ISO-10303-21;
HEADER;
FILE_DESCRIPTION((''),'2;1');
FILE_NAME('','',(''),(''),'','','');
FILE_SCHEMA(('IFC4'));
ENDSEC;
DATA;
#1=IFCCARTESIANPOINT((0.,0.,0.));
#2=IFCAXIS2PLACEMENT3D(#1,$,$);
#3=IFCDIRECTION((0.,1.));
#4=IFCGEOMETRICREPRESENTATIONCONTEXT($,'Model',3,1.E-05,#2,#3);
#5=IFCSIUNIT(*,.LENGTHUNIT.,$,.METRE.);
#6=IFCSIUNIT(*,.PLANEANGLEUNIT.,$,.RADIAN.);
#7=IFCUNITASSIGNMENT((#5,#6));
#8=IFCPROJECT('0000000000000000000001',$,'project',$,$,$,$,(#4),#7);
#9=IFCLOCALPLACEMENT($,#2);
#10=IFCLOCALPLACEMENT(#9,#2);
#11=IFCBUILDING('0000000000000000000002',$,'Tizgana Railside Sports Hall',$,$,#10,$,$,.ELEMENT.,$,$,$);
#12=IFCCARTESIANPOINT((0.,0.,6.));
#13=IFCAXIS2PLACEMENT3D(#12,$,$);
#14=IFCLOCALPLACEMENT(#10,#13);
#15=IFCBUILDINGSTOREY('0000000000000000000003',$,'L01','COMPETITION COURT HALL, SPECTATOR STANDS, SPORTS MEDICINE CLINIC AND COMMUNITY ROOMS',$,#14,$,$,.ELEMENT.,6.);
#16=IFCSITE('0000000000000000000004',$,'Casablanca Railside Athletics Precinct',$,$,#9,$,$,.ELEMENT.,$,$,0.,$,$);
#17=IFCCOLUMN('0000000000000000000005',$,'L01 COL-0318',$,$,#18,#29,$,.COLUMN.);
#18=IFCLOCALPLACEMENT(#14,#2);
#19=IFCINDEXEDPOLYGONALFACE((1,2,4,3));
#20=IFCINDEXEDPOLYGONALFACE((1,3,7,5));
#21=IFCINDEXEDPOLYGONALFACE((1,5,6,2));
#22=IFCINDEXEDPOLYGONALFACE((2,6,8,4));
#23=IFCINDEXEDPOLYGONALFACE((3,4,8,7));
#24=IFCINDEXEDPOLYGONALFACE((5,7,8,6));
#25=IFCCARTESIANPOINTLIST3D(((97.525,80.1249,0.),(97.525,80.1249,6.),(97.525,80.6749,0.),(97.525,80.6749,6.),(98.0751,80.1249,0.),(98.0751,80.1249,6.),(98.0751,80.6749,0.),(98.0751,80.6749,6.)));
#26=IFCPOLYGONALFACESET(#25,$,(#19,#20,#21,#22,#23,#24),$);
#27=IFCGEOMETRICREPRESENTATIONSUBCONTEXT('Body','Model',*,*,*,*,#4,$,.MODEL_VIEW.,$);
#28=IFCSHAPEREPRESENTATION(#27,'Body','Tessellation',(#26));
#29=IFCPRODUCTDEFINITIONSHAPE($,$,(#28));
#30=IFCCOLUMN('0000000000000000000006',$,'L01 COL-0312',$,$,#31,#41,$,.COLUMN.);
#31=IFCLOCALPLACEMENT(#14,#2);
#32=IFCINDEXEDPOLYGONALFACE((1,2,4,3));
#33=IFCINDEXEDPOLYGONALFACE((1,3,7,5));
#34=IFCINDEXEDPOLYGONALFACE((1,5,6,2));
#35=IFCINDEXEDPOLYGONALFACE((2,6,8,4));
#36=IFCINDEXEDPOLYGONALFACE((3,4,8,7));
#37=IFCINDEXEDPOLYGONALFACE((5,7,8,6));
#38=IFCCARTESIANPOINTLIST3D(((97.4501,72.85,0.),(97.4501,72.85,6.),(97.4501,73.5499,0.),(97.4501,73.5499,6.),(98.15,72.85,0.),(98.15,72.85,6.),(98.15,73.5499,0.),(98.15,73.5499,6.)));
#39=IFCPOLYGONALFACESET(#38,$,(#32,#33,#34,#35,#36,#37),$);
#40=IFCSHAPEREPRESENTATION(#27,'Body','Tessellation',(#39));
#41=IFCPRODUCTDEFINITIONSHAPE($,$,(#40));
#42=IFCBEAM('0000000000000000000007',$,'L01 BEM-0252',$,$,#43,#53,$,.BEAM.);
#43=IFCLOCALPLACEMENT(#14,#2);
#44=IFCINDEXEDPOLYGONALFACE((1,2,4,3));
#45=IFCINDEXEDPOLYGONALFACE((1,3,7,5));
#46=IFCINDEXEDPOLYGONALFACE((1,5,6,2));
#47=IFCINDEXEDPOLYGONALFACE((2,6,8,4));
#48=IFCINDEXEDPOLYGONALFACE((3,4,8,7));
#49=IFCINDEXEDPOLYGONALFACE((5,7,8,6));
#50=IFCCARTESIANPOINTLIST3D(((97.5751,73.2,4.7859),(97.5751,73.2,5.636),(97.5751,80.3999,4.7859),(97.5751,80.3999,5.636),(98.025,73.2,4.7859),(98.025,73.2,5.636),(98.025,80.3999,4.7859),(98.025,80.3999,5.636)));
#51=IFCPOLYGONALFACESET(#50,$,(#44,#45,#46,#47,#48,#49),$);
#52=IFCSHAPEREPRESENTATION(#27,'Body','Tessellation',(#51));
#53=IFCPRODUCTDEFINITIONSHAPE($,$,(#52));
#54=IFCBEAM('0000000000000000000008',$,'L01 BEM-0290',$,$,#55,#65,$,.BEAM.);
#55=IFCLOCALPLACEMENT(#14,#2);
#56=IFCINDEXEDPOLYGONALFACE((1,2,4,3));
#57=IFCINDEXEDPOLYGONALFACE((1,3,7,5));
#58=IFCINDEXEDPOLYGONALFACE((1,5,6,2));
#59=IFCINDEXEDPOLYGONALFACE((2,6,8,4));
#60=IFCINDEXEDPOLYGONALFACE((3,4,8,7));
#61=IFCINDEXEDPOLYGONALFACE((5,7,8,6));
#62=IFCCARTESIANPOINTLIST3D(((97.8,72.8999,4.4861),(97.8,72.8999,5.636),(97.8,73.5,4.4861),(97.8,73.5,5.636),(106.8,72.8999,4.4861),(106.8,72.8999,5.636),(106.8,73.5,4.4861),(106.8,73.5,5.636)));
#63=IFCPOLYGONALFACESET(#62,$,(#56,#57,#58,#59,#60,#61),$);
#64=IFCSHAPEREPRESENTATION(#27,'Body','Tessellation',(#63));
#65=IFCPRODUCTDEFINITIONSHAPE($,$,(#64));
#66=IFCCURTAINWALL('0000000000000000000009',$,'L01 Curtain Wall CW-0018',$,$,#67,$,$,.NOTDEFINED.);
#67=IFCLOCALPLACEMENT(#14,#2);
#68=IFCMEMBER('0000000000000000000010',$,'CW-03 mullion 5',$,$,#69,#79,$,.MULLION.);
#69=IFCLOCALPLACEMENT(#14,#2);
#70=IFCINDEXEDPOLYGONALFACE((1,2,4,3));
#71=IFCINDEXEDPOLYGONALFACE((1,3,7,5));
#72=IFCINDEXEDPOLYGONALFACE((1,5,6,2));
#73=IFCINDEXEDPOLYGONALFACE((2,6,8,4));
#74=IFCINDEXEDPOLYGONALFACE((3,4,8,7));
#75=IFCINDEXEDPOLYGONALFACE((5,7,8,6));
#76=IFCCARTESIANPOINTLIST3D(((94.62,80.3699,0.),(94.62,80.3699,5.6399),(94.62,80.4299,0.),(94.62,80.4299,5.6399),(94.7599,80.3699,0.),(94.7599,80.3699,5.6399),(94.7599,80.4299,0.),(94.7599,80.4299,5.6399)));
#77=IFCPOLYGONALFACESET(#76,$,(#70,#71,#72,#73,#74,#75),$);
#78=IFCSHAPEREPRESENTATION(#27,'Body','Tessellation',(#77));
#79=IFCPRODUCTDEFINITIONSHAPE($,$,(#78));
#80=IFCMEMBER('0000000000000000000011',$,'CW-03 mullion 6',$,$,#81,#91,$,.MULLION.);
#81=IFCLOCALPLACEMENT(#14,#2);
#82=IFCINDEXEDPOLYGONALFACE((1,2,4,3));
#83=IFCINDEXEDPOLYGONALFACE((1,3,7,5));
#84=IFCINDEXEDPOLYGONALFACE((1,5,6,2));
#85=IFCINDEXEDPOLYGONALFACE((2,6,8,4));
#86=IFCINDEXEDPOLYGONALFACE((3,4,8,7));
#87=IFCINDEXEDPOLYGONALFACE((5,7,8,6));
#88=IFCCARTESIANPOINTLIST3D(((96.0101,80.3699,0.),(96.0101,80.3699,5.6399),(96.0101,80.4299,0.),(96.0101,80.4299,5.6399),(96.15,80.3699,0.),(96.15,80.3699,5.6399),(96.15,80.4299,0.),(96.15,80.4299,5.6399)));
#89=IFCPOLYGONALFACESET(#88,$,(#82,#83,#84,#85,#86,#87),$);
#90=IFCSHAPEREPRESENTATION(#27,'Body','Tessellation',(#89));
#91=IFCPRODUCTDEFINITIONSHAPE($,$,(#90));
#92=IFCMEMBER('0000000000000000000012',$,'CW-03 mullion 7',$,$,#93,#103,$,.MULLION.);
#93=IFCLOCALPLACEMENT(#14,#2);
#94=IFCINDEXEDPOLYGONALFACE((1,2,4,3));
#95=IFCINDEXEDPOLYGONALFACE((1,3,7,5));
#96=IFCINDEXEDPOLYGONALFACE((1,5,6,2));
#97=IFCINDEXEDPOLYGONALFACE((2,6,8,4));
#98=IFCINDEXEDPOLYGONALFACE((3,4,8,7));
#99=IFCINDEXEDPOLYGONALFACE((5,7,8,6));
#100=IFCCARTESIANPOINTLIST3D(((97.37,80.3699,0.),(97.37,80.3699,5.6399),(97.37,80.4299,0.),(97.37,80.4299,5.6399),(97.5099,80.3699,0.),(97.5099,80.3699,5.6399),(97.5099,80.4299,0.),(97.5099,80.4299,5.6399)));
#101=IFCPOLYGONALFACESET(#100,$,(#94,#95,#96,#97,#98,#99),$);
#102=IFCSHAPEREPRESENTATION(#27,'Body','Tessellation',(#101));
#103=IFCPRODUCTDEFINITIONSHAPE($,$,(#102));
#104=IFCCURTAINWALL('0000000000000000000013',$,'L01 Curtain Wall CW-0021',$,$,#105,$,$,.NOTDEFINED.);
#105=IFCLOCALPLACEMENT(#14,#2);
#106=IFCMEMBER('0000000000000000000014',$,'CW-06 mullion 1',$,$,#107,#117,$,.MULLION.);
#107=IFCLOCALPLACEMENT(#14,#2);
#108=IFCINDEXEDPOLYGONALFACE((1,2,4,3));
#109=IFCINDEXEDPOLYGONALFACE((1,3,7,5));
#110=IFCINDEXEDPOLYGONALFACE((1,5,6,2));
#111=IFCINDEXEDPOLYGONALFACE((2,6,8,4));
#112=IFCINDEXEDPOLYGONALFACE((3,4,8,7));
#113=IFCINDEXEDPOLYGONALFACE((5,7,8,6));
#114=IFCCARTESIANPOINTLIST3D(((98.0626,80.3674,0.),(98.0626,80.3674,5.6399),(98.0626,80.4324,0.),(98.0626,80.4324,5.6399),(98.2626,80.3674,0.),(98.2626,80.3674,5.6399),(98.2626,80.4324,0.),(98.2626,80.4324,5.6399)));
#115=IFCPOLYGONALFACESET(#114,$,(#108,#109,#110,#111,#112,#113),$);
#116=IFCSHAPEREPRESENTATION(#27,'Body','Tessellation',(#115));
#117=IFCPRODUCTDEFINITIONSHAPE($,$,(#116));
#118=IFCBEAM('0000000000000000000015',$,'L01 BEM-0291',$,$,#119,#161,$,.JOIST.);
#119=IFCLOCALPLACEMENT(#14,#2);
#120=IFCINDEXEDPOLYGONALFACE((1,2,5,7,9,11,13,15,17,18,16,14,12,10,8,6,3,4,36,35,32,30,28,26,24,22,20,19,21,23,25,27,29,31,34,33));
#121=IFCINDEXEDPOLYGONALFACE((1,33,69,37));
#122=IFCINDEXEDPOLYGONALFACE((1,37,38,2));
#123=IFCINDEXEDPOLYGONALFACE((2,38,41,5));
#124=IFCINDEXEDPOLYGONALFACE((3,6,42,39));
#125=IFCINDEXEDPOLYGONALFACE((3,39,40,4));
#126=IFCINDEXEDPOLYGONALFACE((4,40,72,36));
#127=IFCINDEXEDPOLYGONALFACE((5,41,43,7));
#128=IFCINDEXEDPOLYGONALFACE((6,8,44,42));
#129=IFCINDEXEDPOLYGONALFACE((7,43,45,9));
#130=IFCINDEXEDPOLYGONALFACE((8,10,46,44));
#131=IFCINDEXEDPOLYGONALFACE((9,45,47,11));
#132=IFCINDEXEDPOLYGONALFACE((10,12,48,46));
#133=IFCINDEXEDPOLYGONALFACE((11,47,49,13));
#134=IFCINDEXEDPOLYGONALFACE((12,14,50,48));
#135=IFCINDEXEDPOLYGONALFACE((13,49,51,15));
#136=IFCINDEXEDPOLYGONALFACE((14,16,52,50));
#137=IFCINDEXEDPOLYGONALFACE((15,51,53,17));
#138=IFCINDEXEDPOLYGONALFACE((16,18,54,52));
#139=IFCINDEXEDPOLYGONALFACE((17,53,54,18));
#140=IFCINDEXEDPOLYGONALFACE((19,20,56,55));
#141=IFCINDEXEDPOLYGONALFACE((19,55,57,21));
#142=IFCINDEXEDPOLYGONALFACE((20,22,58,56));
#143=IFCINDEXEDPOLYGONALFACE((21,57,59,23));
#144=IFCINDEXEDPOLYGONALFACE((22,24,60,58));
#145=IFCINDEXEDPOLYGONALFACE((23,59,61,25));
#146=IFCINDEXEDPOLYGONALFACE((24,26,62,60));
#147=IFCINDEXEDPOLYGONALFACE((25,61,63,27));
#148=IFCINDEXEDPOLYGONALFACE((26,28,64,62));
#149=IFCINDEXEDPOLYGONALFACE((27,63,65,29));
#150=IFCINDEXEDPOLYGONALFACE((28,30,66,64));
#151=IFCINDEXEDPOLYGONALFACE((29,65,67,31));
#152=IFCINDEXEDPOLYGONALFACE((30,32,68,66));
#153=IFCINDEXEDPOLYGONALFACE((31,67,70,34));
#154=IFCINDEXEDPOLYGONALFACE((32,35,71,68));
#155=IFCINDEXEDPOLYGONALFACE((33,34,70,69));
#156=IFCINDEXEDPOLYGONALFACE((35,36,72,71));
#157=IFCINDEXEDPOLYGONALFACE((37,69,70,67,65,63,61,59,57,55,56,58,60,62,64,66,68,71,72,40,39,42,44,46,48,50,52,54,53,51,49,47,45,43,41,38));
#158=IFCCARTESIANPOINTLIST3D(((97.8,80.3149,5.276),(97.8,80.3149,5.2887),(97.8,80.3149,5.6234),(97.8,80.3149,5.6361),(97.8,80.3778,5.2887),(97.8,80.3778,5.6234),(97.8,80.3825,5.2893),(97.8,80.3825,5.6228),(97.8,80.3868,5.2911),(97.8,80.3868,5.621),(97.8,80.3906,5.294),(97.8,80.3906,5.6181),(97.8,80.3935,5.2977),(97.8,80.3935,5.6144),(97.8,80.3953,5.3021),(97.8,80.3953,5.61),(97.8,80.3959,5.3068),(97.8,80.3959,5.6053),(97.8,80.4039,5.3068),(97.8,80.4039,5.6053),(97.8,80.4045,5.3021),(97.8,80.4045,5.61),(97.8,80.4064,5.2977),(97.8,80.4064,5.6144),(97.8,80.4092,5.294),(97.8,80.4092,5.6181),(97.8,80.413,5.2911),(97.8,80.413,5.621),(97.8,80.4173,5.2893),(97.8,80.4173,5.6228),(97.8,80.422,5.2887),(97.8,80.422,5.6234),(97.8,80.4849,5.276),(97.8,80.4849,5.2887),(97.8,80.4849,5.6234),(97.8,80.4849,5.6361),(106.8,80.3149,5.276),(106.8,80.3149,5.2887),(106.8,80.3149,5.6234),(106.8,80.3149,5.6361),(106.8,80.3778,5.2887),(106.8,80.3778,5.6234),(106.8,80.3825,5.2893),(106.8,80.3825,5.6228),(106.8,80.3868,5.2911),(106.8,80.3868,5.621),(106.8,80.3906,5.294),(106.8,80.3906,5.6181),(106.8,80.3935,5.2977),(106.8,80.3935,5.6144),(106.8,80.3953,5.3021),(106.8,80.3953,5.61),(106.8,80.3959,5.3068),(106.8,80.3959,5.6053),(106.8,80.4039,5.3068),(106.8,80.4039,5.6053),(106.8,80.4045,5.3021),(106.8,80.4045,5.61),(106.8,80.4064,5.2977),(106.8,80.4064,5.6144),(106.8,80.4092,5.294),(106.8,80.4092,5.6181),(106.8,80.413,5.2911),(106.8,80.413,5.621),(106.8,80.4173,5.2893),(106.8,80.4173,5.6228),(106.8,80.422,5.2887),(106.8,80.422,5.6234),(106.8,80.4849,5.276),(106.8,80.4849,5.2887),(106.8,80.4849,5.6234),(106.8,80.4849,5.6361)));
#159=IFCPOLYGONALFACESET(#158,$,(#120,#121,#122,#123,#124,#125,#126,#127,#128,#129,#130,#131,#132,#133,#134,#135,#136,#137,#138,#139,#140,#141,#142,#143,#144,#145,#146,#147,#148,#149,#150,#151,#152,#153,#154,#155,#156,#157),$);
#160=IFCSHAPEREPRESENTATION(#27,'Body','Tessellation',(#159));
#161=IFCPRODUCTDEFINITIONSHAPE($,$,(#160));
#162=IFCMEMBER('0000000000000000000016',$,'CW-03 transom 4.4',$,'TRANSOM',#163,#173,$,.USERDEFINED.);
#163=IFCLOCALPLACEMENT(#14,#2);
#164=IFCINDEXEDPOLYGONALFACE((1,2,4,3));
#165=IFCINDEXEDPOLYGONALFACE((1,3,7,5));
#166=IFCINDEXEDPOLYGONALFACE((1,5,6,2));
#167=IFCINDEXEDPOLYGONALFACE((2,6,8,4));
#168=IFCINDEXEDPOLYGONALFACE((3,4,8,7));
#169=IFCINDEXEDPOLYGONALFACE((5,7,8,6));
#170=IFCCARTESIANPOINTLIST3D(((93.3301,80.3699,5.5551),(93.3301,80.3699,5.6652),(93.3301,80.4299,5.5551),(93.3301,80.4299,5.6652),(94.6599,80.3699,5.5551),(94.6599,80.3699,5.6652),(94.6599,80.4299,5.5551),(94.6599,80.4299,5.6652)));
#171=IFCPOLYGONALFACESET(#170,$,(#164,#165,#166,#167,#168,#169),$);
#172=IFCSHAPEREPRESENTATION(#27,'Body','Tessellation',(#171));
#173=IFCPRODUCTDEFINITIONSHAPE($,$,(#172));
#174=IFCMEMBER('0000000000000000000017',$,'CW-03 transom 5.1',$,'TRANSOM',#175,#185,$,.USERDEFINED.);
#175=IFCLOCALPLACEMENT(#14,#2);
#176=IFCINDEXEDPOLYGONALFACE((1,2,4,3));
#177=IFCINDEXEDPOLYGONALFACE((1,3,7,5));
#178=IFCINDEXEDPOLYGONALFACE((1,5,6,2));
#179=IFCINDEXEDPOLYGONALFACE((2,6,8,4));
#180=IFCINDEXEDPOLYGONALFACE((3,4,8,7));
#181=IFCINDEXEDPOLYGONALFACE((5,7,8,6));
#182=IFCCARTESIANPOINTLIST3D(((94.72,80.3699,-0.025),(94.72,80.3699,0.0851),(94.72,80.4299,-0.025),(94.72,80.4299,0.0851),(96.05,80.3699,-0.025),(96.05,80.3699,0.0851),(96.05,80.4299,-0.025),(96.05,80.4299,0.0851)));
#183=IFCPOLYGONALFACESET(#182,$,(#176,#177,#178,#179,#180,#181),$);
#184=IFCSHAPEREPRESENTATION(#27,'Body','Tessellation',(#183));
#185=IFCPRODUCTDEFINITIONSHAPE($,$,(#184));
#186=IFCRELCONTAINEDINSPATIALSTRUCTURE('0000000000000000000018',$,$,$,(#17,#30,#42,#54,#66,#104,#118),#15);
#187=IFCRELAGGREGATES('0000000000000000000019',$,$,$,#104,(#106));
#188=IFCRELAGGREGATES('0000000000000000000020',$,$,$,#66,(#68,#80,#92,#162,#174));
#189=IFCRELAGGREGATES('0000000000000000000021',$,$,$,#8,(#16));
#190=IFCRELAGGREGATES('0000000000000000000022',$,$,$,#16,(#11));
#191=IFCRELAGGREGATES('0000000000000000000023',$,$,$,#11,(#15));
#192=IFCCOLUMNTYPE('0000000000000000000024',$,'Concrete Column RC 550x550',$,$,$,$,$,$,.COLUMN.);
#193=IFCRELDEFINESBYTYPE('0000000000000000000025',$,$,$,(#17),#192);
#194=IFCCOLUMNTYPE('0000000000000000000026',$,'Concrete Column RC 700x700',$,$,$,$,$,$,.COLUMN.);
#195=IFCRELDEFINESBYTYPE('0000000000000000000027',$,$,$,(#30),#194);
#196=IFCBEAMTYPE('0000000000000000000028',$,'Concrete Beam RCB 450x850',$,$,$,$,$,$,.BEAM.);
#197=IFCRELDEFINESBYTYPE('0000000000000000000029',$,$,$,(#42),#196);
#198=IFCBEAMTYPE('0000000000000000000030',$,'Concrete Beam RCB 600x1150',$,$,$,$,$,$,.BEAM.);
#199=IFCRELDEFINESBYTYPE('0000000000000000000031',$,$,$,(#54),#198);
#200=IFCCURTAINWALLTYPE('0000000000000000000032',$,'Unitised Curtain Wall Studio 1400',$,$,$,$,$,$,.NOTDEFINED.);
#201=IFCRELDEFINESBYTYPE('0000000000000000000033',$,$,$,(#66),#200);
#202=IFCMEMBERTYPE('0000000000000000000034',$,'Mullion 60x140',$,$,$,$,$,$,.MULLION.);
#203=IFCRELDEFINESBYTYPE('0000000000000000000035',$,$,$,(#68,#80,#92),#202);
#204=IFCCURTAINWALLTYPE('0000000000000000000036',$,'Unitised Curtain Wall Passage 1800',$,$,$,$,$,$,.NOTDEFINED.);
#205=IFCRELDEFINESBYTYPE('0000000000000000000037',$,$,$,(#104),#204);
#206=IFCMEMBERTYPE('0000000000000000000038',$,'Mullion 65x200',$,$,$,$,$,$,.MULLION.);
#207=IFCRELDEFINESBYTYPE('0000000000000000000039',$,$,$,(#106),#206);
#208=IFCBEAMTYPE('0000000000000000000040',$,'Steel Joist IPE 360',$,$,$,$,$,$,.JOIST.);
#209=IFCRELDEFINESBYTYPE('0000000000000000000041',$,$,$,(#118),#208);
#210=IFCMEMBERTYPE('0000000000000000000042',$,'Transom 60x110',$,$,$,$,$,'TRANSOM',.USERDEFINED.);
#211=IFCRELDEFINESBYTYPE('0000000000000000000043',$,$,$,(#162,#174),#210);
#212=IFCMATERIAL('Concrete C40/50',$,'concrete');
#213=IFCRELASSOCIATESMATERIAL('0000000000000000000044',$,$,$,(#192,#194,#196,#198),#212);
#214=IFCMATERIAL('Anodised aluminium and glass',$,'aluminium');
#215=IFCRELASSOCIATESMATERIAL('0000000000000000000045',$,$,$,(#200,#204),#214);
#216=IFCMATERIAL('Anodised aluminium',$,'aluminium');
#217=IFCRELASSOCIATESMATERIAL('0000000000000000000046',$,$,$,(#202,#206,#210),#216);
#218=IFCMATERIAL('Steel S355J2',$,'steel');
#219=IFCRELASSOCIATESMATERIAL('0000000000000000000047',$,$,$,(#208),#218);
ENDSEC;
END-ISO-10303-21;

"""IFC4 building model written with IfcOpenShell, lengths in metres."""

from ifc_helpers import new_model, si_unit, direction, frame, origin, origin_2d, place, context, subcontext, project, spatial, rectangle, i_section, extrude, material, material_profile, profile_set, type_object, element, aggregate, save


model = new_model("IFC4")

# Units and contexts
model_context = context("Model", 3, precision=1e-05, world=origin(), true_north=direction((0.0, 1.0)))
body_context = subcontext(model_context, "Body", "Model", "MODEL_VIEW")
ifc_project = project(units=[si_unit("LENGTHUNIT", "METRE"), si_unit("PLANEANGLEUNIT", "RADIAN")], contexts=[model_context])

# Site, building, storey
site_placement = place(None, origin())
site = spatial("IfcSite", under=ifc_project, at=site_placement, Name="Casablanca Railside Athletics Precinct", CompositionType="ELEMENT", RefElevation=0.0)
building_placement = place(site_placement, origin())
building = spatial("IfcBuilding", under=site, at=building_placement, Name="Tizgana Railside Sports Hall", CompositionType="ELEMENT")
storey_placement = place(building_placement, frame((0.0, 0.0, 6.0)))
storey = spatial("IfcBuildingStorey", under=building, at=storey_placement, Name="L01", Description="COMPETITION COURT HALL, SPECTATOR STANDS, SPORTS MEDICINE CLINIC AND COMMUNITY ROOMS", CompositionType="ELEMENT", Elevation=6.0)

# Columns
ifc_material_1 = material(Name="Concrete C40/50", Category="concrete")
ifc_material_profile_1 = material_profile(ifc_material_1, rectangle(XDim=0.55, YDim=0.55, at=origin_2d()), Name="RC 550x550")
ifc_profile_set_1 = profile_set([ifc_material_profile_1], Name="Concrete C40/50")
column_type_1 = type_object("IfcColumnType", Name="Concrete Column RC 550x550", PredefinedType="COLUMN", material=ifc_profile_set_1)
column_1_placement = place(storey_placement, frame((97.8, 80.3999, 0.0), z_axis=(0.0, 0.0, 1.0), x_axis=(1.0, 0.0, 0.0)))
element("IfcColumn", 1, at=column_1_placement, inside=storey, type_object=column_type_1, Name="L01 COL-0318", PredefinedType="COLUMN", context=body_context, shape_type="SweptSolid", body=[
    extrude(rectangle(XDim=0.55, YDim=0.55, at=origin_2d()), origin(), (0.0, 0.0, 1.0), 6.0),
])
ifc_material_profile_2 = material_profile(ifc_material_1, rectangle(XDim=0.7, YDim=0.7, at=origin_2d()), Name="RC 700x700")
ifc_profile_set_2 = profile_set([ifc_material_profile_2], Name="Concrete C40/50")
column_type_2 = type_object("IfcColumnType", Name="Concrete Column RC 700x700", PredefinedType="COLUMN", material=ifc_profile_set_2)
column_2_placement = place(storey_placement, frame((97.8, 73.2, 0.0), z_axis=(0.0, 0.0, 1.0), x_axis=(1.0, 0.0, 0.0)))
element("IfcColumn", 2, at=column_2_placement, inside=storey, type_object=column_type_2, Name="L01 COL-0312", PredefinedType="COLUMN", context=body_context, shape_type="SweptSolid", body=[
    extrude(rectangle(XDim=0.7, YDim=0.7, at=origin_2d()), origin(), (0.0, 0.0, 1.0), 6.0),
])

# Beams
ifc_material_profile_3 = material_profile(ifc_material_1, rectangle(XDim=0.45, YDim=0.8501, at=origin_2d()), Name="RCB 450x850")
ifc_profile_set_3 = profile_set([ifc_material_profile_3], Name="Concrete C40/50")
beam_type_1 = type_object("IfcBeamType", Name="Concrete Beam RCB 450x850", PredefinedType="BEAM", material=ifc_profile_set_3)
beam_1_placement = place(storey_placement, frame((97.8, 73.2, 5.2109), z_axis=(0.0, 1.0, 0.0), x_axis=(-1.0, 0.0, 0.0)))
element("IfcBeam", 3, at=beam_1_placement, inside=storey, type_object=beam_type_1, Name="L01 BEM-0252", PredefinedType="BEAM", context=body_context, shape_type="SweptSolid", body=[
    extrude(rectangle(XDim=0.45, YDim=0.8501, at=origin_2d()), origin(), (0.0, 0.0, 1.0), 7.2),
])
ifc_material_profile_4 = material_profile(ifc_material_1, rectangle(XDim=0.6001, YDim=1.1499, at=origin_2d()), Name="RCB 600x1150")
ifc_profile_set_4 = profile_set([ifc_material_profile_4], Name="Concrete C40/50")
beam_type_2 = type_object("IfcBeamType", Name="Concrete Beam RCB 600x1150", PredefinedType="BEAM", material=ifc_profile_set_4)
beam_2_placement = place(storey_placement, frame((97.8, 73.2, 5.061), z_axis=(1.0, 0.0, 0.0), x_axis=(0.0, 1.0, 0.0)))
element("IfcBeam", 4, at=beam_2_placement, inside=storey, type_object=beam_type_2, Name="L01 BEM-0290", PredefinedType="BEAM", context=body_context, shape_type="SweptSolid", body=[
    extrude(rectangle(XDim=0.6001, YDim=1.1499, at=origin_2d()), origin(), (0.0, 0.0, 1.0), 9.0),
])

# Curtain wall, members
ifc_material_2 = material(Name="Anodised aluminium and glass", Category="aluminium")
curtain_wall_type_1 = type_object("IfcCurtainWallType", Name="Unitised Curtain Wall Studio 1400", PredefinedType="NOTDEFINED", material=ifc_material_2)
curtain_wall_1_placement = place(storey_placement, origin())
curtain_wall_1 = element("IfcCurtainWall", 5, at=curtain_wall_1_placement, inside=storey, type_object=curtain_wall_type_1, Name="L01 Curtain Wall CW-0018", PredefinedType="NOTDEFINED")
ifc_material_3 = material(Name="Anodised aluminium", Category="aluminium")
ifc_material_profile_5 = material_profile(ifc_material_3, rectangle(XDim=0.0601, YDim=0.1399, at=origin_2d()), Name="Mullion 60x140")
ifc_profile_set_5 = profile_set([ifc_material_profile_5], Name="Anodised aluminium")
member_type_1 = type_object("IfcMemberType", Name="Mullion 60x140", PredefinedType="MULLION", material=ifc_profile_set_5)
member_1_placement = place(storey_placement, frame((94.6899, 80.3999, 0.0), z_axis=(0.0, 0.0, 1.0), x_axis=(0.0, 1.0, 0.0)))
member_1 = element("IfcMember", 6, at=member_1_placement, type_object=member_type_1, Name="CW-03 mullion 5", PredefinedType="MULLION", context=body_context, shape_type="SweptSolid", body=[
    extrude(rectangle(XDim=0.0601, YDim=0.1399, at=origin_2d()), origin(), (0.0, 0.0, 1.0), 5.6399),
])
member_2_placement = place(storey_placement, frame((96.0801, 80.3999, 0.0), z_axis=(0.0, 0.0, 1.0), x_axis=(0.0, 1.0, 0.0)))
member_2 = element("IfcMember", 7, at=member_2_placement, type_object=member_type_1, Name="CW-03 mullion 6", PredefinedType="MULLION", context=body_context, shape_type="SweptSolid", body=[
    extrude(rectangle(XDim=0.0601, YDim=0.1399, at=origin_2d()), origin(), (0.0, 0.0, 1.0), 5.6399),
])
member_3_placement = place(storey_placement, frame((97.4399, 80.3999, 0.0), z_axis=(0.0, 0.0, 1.0), x_axis=(0.0, 1.0, 0.0)))
member_3 = element("IfcMember", 8, at=member_3_placement, type_object=member_type_1, Name="CW-03 mullion 7", PredefinedType="MULLION", context=body_context, shape_type="SweptSolid", body=[
    extrude(rectangle(XDim=0.0601, YDim=0.1399, at=origin_2d()), origin(), (0.0, 0.0, 1.0), 5.6399),
])

# Curtain wall, member
curtain_wall_type_2 = type_object("IfcCurtainWallType", Name="Unitised Curtain Wall Passage 1800", PredefinedType="NOTDEFINED", material=ifc_material_2)
curtain_wall_2_placement = place(storey_placement, origin())
curtain_wall_2 = element("IfcCurtainWall", 9, at=curtain_wall_2_placement, inside=storey, type_object=curtain_wall_type_2, Name="L01 Curtain Wall CW-0021", PredefinedType="NOTDEFINED")
ifc_material_profile_6 = material_profile(ifc_material_3, rectangle(XDim=0.0649, YDim=0.2, at=origin_2d()), Name="Mullion 65x200")
ifc_profile_set_6 = profile_set([ifc_material_profile_6], Name="Anodised aluminium")
member_type_2 = type_object("IfcMemberType", Name="Mullion 65x200", PredefinedType="MULLION", material=ifc_profile_set_6)
member_4_placement = place(storey_placement, frame((98.1626, 80.3999, 0.0), z_axis=(0.0, 0.0, 1.0), x_axis=(0.0, 1.0, 0.0)))
member_4 = element("IfcMember", 10, at=member_4_placement, type_object=member_type_2, Name="CW-06 mullion 1", PredefinedType="MULLION", context=body_context, shape_type="SweptSolid", body=[
    extrude(rectangle(XDim=0.0649, YDim=0.2, at=origin_2d()), origin(), (0.0, 0.0, 1.0), 5.6399),
])

# Beam
ifc_material_4 = material(Name="Steel S355J2", Category="steel")
ifc_material_profile_7 = material_profile(ifc_material_4, i_section(OverallWidth=0.1699, OverallDepth=0.3601, WebThickness=0.0081, FlangeThickness=0.0127, FilletRadius=0.0181, at=origin_2d()), Name="IPE 360")
ifc_profile_set_7 = profile_set([ifc_material_profile_7], Name="Steel S355J2")
beam_type_3 = type_object("IfcBeamType", Name="Steel Joist IPE 360", PredefinedType="JOIST", material=ifc_profile_set_7)
beam_3_placement = place(storey_placement, frame((97.8, 80.3999, 5.4561), z_axis=(1.0, 0.0, 0.0), x_axis=(0.0, 1.0, 0.0)))
element("IfcBeam", 11, at=beam_3_placement, inside=storey, type_object=beam_type_3, Name="L01 BEM-0291", PredefinedType="JOIST", context=body_context, shape_type="SweptSolid", body=[
    extrude(i_section(OverallWidth=0.1699, OverallDepth=0.3601, WebThickness=0.0081, FlangeThickness=0.0127, FilletRadius=0.0181, at=origin_2d()), origin(), (0.0, 0.0, 1.0), 9.0),
])

# Members
ifc_material_profile_8 = material_profile(ifc_material_3, rectangle(XDim=0.0601, YDim=0.1101, at=origin_2d()), Name="Transom 60x110")
ifc_profile_set_8 = profile_set([ifc_material_profile_8], Name="Anodised aluminium")
member_type_3 = type_object("IfcMemberType", Name="Transom 60x110", ElementType="TRANSOM", PredefinedType="USERDEFINED", material=ifc_profile_set_8)
member_5_placement = place(storey_placement, frame((93.3301, 80.3999, 5.6101), z_axis=(1.0, 0.0, 0.0), x_axis=(0.0, 1.0, 0.0)))
member_5 = element("IfcMember", 12, at=member_5_placement, type_object=member_type_3, Name="CW-03 transom 4.4", ObjectType="TRANSOM", PredefinedType="USERDEFINED", context=body_context, shape_type="SweptSolid", body=[
    extrude(rectangle(XDim=0.0601, YDim=0.1101, at=origin_2d()), origin(), (0.0, 0.0, 1.0), 1.3298),
])
member_6_placement = place(storey_placement, frame((94.72, 80.3999, 0.03), z_axis=(1.0, 0.0, 0.0), x_axis=(0.0, 1.0, 0.0)))
member_6 = element("IfcMember", 13, at=member_6_placement, type_object=member_type_3, Name="CW-03 transom 5.1", ObjectType="TRANSOM", PredefinedType="USERDEFINED", context=body_context, shape_type="SweptSolid", body=[
    extrude(rectangle(XDim=0.0601, YDim=0.1101, at=origin_2d()), origin(), (0.0, 0.0, 1.0), 1.3301),
])

aggregate(curtain_wall_2, [member_4])
aggregate(curtain_wall_1, [member_1, member_2, member_3, member_5, member_6])

save(model, "model.ifc")
